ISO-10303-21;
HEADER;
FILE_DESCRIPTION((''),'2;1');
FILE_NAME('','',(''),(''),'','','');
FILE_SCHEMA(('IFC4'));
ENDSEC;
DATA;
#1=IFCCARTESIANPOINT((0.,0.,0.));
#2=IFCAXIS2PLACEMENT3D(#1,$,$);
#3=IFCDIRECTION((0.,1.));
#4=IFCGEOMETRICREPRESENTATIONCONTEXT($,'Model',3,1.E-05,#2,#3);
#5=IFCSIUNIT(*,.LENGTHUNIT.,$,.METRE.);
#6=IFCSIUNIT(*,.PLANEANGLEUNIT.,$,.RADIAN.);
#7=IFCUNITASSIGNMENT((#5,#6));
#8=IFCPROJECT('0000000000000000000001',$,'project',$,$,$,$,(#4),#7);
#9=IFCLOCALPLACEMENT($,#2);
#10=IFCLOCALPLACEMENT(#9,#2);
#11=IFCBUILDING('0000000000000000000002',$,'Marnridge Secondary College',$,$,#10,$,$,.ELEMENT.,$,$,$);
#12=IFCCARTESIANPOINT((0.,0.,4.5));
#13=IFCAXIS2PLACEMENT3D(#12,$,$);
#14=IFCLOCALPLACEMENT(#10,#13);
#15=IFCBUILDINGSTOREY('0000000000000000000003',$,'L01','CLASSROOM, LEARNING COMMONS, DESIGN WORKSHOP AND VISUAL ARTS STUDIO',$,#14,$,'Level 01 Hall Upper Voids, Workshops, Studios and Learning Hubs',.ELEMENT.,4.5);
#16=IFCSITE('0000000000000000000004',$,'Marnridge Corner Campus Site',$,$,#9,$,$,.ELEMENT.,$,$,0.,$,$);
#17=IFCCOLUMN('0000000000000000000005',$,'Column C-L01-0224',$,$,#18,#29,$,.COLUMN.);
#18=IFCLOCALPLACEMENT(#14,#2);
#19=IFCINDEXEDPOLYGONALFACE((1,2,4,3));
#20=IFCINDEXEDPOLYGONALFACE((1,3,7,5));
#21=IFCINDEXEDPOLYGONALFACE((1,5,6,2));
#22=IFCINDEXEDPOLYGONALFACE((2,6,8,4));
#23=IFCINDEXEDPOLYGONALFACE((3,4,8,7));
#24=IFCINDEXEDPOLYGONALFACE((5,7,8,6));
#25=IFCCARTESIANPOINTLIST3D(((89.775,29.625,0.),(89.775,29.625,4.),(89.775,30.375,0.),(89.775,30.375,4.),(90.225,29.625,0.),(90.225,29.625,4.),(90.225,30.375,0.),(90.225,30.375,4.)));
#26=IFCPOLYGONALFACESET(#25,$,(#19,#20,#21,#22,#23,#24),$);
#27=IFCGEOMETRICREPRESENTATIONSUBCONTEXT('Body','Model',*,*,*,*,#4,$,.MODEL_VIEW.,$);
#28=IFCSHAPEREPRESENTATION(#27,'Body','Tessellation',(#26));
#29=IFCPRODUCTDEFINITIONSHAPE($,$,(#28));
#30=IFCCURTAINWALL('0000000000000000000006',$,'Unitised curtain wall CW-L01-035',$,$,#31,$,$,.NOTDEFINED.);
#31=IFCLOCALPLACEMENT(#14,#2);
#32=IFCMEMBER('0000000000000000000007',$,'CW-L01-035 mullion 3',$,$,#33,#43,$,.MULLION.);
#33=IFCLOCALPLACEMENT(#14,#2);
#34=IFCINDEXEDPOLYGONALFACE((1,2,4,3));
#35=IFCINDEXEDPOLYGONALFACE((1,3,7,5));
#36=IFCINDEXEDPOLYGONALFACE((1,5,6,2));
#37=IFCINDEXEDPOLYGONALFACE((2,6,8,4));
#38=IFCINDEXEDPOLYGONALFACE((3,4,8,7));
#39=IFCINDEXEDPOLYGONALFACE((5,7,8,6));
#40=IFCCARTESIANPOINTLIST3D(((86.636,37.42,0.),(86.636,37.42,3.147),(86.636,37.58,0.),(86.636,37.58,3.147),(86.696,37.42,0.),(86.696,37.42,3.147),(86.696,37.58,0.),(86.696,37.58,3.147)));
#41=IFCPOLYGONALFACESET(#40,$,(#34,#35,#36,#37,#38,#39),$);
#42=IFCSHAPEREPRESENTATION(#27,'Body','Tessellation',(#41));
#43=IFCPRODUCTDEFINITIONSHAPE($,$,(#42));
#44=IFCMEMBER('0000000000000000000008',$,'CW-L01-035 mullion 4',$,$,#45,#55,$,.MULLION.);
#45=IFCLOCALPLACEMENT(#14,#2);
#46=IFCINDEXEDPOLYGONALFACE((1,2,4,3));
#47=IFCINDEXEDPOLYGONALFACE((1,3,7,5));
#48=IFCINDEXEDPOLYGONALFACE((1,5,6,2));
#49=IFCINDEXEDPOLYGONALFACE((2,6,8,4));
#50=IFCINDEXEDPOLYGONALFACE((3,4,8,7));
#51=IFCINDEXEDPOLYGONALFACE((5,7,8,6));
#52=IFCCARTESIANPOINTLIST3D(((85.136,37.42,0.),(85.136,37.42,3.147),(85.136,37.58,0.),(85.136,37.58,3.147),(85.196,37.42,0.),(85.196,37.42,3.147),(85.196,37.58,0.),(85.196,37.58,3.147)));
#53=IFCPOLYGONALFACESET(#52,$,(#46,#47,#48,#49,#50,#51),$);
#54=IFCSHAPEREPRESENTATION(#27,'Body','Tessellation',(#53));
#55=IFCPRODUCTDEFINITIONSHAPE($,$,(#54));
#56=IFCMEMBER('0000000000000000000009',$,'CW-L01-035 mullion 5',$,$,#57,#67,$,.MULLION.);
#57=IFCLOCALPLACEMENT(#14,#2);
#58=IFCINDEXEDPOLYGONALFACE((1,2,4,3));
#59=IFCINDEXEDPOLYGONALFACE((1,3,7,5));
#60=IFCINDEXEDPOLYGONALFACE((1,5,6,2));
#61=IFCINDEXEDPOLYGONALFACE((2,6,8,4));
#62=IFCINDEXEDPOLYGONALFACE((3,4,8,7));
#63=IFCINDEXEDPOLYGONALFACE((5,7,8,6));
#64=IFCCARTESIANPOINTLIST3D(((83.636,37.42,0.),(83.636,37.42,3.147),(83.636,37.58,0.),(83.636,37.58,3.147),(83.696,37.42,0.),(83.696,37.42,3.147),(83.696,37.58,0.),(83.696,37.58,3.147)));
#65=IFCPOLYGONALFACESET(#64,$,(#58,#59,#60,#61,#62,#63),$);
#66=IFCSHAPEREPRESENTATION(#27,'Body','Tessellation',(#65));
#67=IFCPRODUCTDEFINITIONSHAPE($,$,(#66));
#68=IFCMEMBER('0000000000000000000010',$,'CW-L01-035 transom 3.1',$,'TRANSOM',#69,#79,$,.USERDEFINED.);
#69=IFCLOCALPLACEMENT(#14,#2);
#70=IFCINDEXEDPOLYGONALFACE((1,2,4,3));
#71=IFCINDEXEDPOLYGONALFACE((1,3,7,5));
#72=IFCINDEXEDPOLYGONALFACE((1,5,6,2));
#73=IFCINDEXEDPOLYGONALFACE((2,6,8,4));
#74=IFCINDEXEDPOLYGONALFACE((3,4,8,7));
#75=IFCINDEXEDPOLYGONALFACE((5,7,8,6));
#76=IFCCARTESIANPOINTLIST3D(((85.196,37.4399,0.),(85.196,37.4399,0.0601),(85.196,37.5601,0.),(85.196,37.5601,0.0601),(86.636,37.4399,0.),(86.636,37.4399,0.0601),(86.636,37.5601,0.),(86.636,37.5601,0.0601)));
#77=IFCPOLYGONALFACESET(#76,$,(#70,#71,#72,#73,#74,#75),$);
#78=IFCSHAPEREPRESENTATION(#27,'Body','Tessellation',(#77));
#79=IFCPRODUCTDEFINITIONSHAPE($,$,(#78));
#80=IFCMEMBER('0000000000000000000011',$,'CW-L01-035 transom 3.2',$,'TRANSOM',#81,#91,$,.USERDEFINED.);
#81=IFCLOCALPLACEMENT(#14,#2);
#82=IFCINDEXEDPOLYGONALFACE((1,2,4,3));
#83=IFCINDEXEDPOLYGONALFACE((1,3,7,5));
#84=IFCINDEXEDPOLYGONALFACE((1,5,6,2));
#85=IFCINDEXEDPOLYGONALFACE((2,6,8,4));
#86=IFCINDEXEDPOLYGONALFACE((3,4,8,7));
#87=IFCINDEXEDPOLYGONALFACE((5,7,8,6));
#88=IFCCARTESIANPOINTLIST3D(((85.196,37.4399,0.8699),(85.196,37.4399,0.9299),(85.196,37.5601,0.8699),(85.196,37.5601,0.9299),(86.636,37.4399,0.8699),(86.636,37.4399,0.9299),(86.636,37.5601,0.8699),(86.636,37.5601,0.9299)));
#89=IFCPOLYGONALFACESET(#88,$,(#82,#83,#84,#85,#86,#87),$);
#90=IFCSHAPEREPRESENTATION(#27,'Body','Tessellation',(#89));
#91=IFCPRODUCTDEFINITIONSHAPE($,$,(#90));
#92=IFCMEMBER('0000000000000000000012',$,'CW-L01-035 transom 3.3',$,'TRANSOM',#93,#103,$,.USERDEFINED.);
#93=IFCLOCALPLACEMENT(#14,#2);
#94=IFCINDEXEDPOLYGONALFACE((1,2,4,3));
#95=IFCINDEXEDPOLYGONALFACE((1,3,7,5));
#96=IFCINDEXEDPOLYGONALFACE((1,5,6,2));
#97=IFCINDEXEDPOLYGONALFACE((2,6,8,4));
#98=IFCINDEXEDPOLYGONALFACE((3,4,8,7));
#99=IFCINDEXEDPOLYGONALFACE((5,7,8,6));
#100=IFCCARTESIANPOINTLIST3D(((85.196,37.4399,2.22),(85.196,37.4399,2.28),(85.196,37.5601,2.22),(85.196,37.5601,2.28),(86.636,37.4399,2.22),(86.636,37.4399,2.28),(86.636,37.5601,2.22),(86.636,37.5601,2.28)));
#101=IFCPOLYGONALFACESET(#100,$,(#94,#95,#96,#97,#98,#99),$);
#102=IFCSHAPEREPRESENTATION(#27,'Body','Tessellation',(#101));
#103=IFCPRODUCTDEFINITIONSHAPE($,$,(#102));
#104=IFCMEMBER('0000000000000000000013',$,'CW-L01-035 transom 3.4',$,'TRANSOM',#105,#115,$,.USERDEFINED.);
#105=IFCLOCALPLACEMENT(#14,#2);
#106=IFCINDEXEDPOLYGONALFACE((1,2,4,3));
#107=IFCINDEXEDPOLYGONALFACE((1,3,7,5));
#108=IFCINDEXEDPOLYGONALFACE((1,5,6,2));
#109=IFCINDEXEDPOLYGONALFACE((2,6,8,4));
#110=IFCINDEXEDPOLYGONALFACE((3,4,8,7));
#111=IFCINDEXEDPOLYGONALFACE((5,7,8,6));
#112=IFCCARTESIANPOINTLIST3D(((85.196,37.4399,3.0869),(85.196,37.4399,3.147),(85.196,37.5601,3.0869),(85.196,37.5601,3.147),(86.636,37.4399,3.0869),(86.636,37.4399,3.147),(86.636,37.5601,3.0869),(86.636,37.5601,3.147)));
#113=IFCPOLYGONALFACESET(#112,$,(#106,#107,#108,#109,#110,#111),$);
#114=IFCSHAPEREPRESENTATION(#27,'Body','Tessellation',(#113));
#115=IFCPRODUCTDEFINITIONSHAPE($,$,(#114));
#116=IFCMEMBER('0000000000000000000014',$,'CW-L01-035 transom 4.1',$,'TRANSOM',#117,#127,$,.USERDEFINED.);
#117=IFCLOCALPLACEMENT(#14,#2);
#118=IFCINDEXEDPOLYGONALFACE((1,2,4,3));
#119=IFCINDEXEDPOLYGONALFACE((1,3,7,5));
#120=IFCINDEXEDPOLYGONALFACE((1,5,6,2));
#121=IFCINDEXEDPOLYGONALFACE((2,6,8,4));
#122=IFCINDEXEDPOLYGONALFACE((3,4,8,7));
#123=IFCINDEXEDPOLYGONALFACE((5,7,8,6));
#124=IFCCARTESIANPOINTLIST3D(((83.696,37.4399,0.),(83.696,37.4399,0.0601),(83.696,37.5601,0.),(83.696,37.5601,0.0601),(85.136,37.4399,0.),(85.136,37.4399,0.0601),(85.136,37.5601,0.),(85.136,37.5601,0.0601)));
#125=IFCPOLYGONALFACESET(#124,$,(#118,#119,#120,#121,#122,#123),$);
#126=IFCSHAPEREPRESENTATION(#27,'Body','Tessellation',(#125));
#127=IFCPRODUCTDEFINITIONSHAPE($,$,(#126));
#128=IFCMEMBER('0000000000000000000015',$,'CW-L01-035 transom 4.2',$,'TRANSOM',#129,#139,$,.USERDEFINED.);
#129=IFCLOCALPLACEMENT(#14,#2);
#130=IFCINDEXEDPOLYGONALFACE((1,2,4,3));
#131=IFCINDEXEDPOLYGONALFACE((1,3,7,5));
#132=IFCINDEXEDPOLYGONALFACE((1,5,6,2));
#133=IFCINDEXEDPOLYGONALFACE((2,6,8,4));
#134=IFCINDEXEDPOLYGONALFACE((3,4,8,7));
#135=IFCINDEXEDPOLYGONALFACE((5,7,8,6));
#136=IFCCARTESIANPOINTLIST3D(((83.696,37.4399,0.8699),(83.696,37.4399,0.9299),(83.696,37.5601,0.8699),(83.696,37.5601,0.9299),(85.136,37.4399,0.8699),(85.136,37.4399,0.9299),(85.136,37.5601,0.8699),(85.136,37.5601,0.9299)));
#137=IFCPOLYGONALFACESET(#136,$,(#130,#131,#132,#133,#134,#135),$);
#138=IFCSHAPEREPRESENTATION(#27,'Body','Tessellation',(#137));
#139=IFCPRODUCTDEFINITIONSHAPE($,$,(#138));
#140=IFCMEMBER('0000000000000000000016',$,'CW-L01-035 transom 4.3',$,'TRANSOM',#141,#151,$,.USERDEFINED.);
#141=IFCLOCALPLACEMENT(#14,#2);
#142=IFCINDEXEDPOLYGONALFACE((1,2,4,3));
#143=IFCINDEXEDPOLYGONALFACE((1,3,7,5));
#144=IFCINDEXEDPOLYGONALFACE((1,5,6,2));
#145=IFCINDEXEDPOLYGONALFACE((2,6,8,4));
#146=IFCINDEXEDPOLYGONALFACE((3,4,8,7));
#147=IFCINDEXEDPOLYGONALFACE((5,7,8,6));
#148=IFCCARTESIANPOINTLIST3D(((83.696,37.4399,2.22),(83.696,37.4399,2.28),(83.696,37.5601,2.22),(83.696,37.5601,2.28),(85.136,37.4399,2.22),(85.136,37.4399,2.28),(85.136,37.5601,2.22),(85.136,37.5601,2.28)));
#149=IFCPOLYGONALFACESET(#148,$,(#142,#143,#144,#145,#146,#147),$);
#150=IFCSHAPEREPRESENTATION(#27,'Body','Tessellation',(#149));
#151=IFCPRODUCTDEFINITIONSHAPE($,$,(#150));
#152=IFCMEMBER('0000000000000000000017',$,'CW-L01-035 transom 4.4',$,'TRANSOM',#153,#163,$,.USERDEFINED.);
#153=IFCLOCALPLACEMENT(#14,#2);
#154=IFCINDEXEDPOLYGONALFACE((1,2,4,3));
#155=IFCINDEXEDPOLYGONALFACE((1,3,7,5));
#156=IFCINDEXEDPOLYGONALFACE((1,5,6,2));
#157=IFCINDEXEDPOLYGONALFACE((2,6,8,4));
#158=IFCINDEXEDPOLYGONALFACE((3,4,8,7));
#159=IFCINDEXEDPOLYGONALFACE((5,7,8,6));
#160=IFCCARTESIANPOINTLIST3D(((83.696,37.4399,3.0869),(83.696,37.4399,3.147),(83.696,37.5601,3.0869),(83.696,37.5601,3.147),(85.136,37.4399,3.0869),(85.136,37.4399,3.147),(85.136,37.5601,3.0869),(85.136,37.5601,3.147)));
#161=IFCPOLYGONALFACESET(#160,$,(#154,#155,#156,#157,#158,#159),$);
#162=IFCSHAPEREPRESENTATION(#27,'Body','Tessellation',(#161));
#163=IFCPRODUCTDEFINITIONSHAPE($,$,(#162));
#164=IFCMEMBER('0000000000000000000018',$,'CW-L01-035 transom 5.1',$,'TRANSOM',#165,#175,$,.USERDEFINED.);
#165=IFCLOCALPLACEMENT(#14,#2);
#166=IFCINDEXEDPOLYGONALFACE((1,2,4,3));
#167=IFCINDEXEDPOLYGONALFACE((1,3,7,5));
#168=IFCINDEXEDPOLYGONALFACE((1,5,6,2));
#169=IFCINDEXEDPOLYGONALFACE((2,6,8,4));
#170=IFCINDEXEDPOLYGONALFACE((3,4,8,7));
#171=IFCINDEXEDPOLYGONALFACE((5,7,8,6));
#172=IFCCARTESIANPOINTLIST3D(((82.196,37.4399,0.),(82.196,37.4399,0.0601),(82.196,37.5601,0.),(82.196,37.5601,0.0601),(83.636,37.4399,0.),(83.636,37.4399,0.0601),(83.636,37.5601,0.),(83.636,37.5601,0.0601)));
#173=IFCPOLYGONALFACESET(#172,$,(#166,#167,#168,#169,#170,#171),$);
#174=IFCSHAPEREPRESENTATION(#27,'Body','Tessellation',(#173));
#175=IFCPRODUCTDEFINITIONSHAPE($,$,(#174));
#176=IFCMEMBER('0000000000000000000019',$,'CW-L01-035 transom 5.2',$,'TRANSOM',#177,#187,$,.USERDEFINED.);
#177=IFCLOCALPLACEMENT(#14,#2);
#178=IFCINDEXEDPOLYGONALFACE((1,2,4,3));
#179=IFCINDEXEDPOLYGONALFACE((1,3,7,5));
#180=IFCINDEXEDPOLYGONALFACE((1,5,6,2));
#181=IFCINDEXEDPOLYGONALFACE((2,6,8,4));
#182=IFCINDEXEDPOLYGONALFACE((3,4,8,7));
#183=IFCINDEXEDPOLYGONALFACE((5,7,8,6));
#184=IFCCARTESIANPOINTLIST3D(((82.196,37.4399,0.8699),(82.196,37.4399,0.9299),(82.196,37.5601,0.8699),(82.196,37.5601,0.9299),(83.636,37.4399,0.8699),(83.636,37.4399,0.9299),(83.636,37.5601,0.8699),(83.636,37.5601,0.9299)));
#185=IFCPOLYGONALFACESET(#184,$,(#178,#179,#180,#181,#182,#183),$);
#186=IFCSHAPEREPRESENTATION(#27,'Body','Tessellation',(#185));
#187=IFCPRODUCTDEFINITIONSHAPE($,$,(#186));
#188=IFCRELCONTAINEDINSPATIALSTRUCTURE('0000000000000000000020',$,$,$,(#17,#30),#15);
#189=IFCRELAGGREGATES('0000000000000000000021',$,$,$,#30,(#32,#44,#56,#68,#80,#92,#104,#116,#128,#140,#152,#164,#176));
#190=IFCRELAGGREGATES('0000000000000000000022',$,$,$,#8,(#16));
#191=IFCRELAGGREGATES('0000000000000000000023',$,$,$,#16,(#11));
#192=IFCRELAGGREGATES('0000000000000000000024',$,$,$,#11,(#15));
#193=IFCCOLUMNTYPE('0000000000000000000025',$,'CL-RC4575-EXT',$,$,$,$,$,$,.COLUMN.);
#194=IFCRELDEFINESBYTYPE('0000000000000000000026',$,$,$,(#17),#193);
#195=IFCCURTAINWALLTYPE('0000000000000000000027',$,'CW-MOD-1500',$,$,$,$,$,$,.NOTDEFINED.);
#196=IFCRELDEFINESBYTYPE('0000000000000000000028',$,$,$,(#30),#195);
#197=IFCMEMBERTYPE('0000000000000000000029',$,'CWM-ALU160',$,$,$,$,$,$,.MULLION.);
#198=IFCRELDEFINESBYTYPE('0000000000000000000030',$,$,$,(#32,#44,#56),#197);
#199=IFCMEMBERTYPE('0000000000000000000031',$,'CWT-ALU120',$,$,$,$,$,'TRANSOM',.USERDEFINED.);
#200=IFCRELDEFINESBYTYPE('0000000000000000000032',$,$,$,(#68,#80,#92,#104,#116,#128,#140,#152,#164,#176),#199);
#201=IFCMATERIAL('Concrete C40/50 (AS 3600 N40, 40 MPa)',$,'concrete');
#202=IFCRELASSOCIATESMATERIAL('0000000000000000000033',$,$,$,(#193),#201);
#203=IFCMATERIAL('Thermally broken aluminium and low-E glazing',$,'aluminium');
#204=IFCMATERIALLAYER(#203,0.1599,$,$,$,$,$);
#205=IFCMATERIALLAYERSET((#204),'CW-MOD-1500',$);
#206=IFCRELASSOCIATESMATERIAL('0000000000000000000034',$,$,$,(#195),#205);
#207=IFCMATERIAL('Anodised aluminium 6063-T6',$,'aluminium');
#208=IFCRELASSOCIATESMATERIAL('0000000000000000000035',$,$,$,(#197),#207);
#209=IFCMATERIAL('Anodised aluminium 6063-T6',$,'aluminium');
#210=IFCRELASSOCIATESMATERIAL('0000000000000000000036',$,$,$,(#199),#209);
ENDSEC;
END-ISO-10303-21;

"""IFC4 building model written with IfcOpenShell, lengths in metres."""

from ifc_helpers import new_model, si_unit, direction, frame, origin, origin_2d, place, context, subcontext, project, spatial, rectangle, extrude, material, layer, layer_set, material_profile, profile_set, type_object, element, aggregate, save


model = new_model("IFC4")

# Units and contexts
model_context = context("Model", 3, precision=1e-05, world=origin(), true_north=direction((0.0, 1.0)))
body_context = subcontext(model_context, "Body", "Model", "MODEL_VIEW")
ifc_project = project(units=[si_unit("LENGTHUNIT", "METRE"), si_unit("PLANEANGLEUNIT", "RADIAN")], contexts=[model_context])

# Site, building, storey
site_placement = place(None, origin())
site = spatial("IfcSite", under=ifc_project, at=site_placement, Name="Marnridge Corner Campus Site", CompositionType="ELEMENT", RefElevation=0.0)
building_placement = place(site_placement, origin())
building = spatial("IfcBuilding", under=site, at=building_placement, Name="Marnridge Secondary College", CompositionType="ELEMENT")
storey_placement = place(building_placement, frame((0.0, 0.0, 4.5)))
storey = spatial("IfcBuildingStorey", under=building, at=storey_placement, Name="L01", Description="CLASSROOM, LEARNING COMMONS, DESIGN WORKSHOP AND VISUAL ARTS STUDIO", LongName="Level 01 Hall Upper Voids, Workshops, Studios and Learning Hubs", CompositionType="ELEMENT", Elevation=4.5)

# Column
ifc_material_1 = material(Name="Concrete C40/50 (AS 3600 N40, 40 MPa)", Category="concrete")
ifc_material_profile_1 = material_profile(ifc_material_1, rectangle(XDim=0.45, YDim=0.75, at=origin_2d()), Name="RC 450x750")
ifc_profile_set_1 = profile_set([ifc_material_profile_1], Name="Concrete C40/50 (AS 3600 N40, 40 MPa)")
column_type = type_object("IfcColumnType", Name="CL-RC4575-EXT", PredefinedType="COLUMN", material=ifc_profile_set_1)
column_placement = place(storey_placement, frame((90.0, 30.0, 0.0), z_axis=(0.0, 0.0, 1.0), x_axis=(1.0, 0.0, 0.0)))
element("IfcColumn", 1, at=column_placement, inside=storey, type_object=column_type, Name="Column C-L01-0224", PredefinedType="COLUMN", context=body_context, shape_type="SweptSolid", body=[
    extrude(rectangle(XDim=0.45, YDim=0.75, at=origin_2d()), origin(), (0.0, 0.0, 1.0), 4.0),
])

# Curtain wall, members
ifc_material_2 = material(Name="Thermally broken aluminium and low-E glazing", Category="aluminium")
ifc_layer_1 = layer(ifc_material_2, 0.1599)
ifc_layer_set_1 = layer_set([ifc_layer_1], Name="CW-MOD-1500")
curtain_wall_type = type_object("IfcCurtainWallType", Name="CW-MOD-1500", PredefinedType="NOTDEFINED", material=ifc_layer_set_1)
curtain_wall_placement = place(storey_placement, origin())
curtain_wall = element("IfcCurtainWall", 2, at=curtain_wall_placement, inside=storey, type_object=curtain_wall_type, Name="Unitised curtain wall CW-L01-035", PredefinedType="NOTDEFINED")
ifc_material_3 = material(Name="Anodised aluminium 6063-T6", Category="aluminium")
ifc_material_profile_2 = material_profile(ifc_material_3, rectangle(XDim=0.0601, YDim=0.1599, at=origin_2d()), Name="ALU 60x160")
ifc_profile_set_2 = profile_set([ifc_material_profile_2], Name="Anodised aluminium 6063-T6")
member_type_1 = type_object("IfcMemberType", Name="CWM-ALU160", PredefinedType="MULLION", material=ifc_profile_set_2)
member_1_placement = place(storey_placement, frame((86.666, 37.5, 0.0), z_axis=(0.0, 0.0, 1.0), x_axis=(-1.0, 0.0, 0.0)))
member_1 = element("IfcMember", 3, at=member_1_placement, type_object=member_type_1, Name="CW-L01-035 mullion 3", PredefinedType="MULLION", context=body_context, shape_type="SweptSolid", body=[
    extrude(rectangle(XDim=0.0601, YDim=0.1599, at=origin_2d()), origin(), (0.0, 0.0, 1.0), 3.147),
])
member_2_placement = place(storey_placement, frame((85.166, 37.5, 0.0), z_axis=(0.0, 0.0, 1.0), x_axis=(-1.0, 0.0, 0.0)))
member_2 = element("IfcMember", 4, at=member_2_placement, type_object=member_type_1, Name="CW-L01-035 mullion 4", PredefinedType="MULLION", context=body_context, shape_type="SweptSolid", body=[
    extrude(rectangle(XDim=0.0601, YDim=0.1599, at=origin_2d()), origin(), (0.0, 0.0, 1.0), 3.147),
])
member_3_placement = place(storey_placement, frame((83.666, 37.5, 0.0), z_axis=(0.0, 0.0, 1.0), x_axis=(-1.0, 0.0, 0.0)))
member_3 = element("IfcMember", 5, at=member_3_placement, type_object=member_type_1, Name="CW-L01-035 mullion 5", PredefinedType="MULLION", context=body_context, shape_type="SweptSolid", body=[
    extrude(rectangle(XDim=0.0601, YDim=0.1599, at=origin_2d()), origin(), (0.0, 0.0, 1.0), 3.147),
])
ifc_material_4 = material(Name="Anodised aluminium 6063-T6", Category="aluminium")
ifc_material_profile_3 = material_profile(ifc_material_4, rectangle(XDim=0.0601, YDim=0.1201, at=origin_2d()), Name="ALU 60x120")
ifc_profile_set_3 = profile_set([ifc_material_profile_3], Name="Anodised aluminium 6063-T6")
member_type_2 = type_object("IfcMemberType", Name="CWT-ALU120", ElementType="TRANSOM", PredefinedType="USERDEFINED", material=ifc_profile_set_3)
member_4_placement = place(storey_placement, frame((86.636, 37.5, 0.03), z_axis=(-1.0, 0.0, 0.0), x_axis=(0.0, 0.0, 1.0)))
member_4 = element("IfcMember", 6, at=member_4_placement, type_object=member_type_2, Name="CW-L01-035 transom 3.1", ObjectType="TRANSOM", PredefinedType="USERDEFINED", context=body_context, shape_type="SweptSolid", body=[
    extrude(rectangle(XDim=0.0601, YDim=0.1201, at=origin_2d()), origin(), (0.0, 0.0, 1.0), 1.4399),
])
member_5_placement = place(storey_placement, frame((86.636, 37.5, 0.8999), z_axis=(-1.0, 0.0, 0.0), x_axis=(0.0, 0.0, 1.0)))
member_5 = element("IfcMember", 7, at=member_5_placement, type_object=member_type_2, Name="CW-L01-035 transom 3.2", ObjectType="TRANSOM", PredefinedType="USERDEFINED", context=body_context, shape_type="SweptSolid", body=[
    extrude(rectangle(XDim=0.0601, YDim=0.1201, at=origin_2d()), origin(), (0.0, 0.0, 1.0), 1.4399),
])
member_6_placement = place(storey_placement, frame((86.636, 37.5, 2.25), z_axis=(-1.0, 0.0, 0.0), x_axis=(0.0, 0.0, 1.0)))
member_6 = element("IfcMember", 8, at=member_6_placement, type_object=member_type_2, Name="CW-L01-035 transom 3.3", ObjectType="TRANSOM", PredefinedType="USERDEFINED", context=body_context, shape_type="SweptSolid", body=[
    extrude(rectangle(XDim=0.0601, YDim=0.1201, at=origin_2d()), origin(), (0.0, 0.0, 1.0), 1.4399),
])
member_7_placement = place(storey_placement, frame((86.636, 37.5, 3.1169), z_axis=(-1.0, 0.0, 0.0), x_axis=(0.0, 0.0, 1.0)))
member_7 = element("IfcMember", 9, at=member_7_placement, type_object=member_type_2, Name="CW-L01-035 transom 3.4", ObjectType="TRANSOM", PredefinedType="USERDEFINED", context=body_context, shape_type="SweptSolid", body=[
    extrude(rectangle(XDim=0.0601, YDim=0.1201, at=origin_2d()), origin(), (0.0, 0.0, 1.0), 1.4399),
])
member_8_placement = place(storey_placement, frame((85.136, 37.5, 0.03), z_axis=(-1.0, 0.0, 0.0), x_axis=(0.0, 0.0, 1.0)))
member_8 = element("IfcMember", 10, at=member_8_placement, type_object=member_type_2, Name="CW-L01-035 transom 4.1", ObjectType="TRANSOM", PredefinedType="USERDEFINED", context=body_context, shape_type="SweptSolid", body=[
    extrude(rectangle(XDim=0.0601, YDim=0.1201, at=origin_2d()), origin(), (0.0, 0.0, 1.0), 1.4399),
])
member_9_placement = place(storey_placement, frame((85.136, 37.5, 0.8999), z_axis=(-1.0, 0.0, 0.0), x_axis=(0.0, 0.0, 1.0)))
member_9 = element("IfcMember", 11, at=member_9_placement, type_object=member_type_2, Name="CW-L01-035 transom 4.2", ObjectType="TRANSOM", PredefinedType="USERDEFINED", context=body_context, shape_type="SweptSolid", body=[
    extrude(rectangle(XDim=0.0601, YDim=0.1201, at=origin_2d()), origin(), (0.0, 0.0, 1.0), 1.4399),
])
member_10_placement = place(storey_placement, frame((85.136, 37.5, 2.25), z_axis=(-1.0, 0.0, 0.0), x_axis=(0.0, 0.0, 1.0)))
member_10 = element("IfcMember", 12, at=member_10_placement, type_object=member_type_2, Name="CW-L01-035 transom 4.3", ObjectType="TRANSOM", PredefinedType="USERDEFINED", context=body_context, shape_type="SweptSolid", body=[
    extrude(rectangle(XDim=0.0601, YDim=0.1201, at=origin_2d()), origin(), (0.0, 0.0, 1.0), 1.4399),
])
member_11_placement = place(storey_placement, frame((85.136, 37.5, 3.1169), z_axis=(-1.0, 0.0, 0.0), x_axis=(0.0, 0.0, 1.0)))
member_11 = element("IfcMember", 13, at=member_11_placement, type_object=member_type_2, Name="CW-L01-035 transom 4.4", ObjectType="TRANSOM", PredefinedType="USERDEFINED", context=body_context, shape_type="SweptSolid", body=[
    extrude(rectangle(XDim=0.0601, YDim=0.1201, at=origin_2d()), origin(), (0.0, 0.0, 1.0), 1.4399),
])
member_12_placement = place(storey_placement, frame((83.636, 37.5, 0.03), z_axis=(-1.0, 0.0, 0.0), x_axis=(0.0, 0.0, 1.0)))
member_12 = element("IfcMember", 14, at=member_12_placement, type_object=member_type_2, Name="CW-L01-035 transom 5.1", ObjectType="TRANSOM", PredefinedType="USERDEFINED", context=body_context, shape_type="SweptSolid", body=[
    extrude(rectangle(XDim=0.0601, YDim=0.1201, at=origin_2d()), origin(), (0.0, 0.0, 1.0), 1.4399),
])
member_13_placement = place(storey_placement, frame((83.636, 37.5, 0.8999), z_axis=(-1.0, 0.0, 0.0), x_axis=(0.0, 0.0, 1.0)))
member_13 = element("IfcMember", 15, at=member_13_placement, type_object=member_type_2, Name="CW-L01-035 transom 5.2", ObjectType="TRANSOM", PredefinedType="USERDEFINED", context=body_context, shape_type="SweptSolid", body=[
    extrude(rectangle(XDim=0.0601, YDim=0.1201, at=origin_2d()), origin(), (0.0, 0.0, 1.0), 1.4399),
])
aggregate(curtain_wall, [member_1, member_2, member_3, member_4, member_5, member_6, member_7, member_8, member_9, member_10, member_11, member_12, member_13])

save(model, "model.ifc")
